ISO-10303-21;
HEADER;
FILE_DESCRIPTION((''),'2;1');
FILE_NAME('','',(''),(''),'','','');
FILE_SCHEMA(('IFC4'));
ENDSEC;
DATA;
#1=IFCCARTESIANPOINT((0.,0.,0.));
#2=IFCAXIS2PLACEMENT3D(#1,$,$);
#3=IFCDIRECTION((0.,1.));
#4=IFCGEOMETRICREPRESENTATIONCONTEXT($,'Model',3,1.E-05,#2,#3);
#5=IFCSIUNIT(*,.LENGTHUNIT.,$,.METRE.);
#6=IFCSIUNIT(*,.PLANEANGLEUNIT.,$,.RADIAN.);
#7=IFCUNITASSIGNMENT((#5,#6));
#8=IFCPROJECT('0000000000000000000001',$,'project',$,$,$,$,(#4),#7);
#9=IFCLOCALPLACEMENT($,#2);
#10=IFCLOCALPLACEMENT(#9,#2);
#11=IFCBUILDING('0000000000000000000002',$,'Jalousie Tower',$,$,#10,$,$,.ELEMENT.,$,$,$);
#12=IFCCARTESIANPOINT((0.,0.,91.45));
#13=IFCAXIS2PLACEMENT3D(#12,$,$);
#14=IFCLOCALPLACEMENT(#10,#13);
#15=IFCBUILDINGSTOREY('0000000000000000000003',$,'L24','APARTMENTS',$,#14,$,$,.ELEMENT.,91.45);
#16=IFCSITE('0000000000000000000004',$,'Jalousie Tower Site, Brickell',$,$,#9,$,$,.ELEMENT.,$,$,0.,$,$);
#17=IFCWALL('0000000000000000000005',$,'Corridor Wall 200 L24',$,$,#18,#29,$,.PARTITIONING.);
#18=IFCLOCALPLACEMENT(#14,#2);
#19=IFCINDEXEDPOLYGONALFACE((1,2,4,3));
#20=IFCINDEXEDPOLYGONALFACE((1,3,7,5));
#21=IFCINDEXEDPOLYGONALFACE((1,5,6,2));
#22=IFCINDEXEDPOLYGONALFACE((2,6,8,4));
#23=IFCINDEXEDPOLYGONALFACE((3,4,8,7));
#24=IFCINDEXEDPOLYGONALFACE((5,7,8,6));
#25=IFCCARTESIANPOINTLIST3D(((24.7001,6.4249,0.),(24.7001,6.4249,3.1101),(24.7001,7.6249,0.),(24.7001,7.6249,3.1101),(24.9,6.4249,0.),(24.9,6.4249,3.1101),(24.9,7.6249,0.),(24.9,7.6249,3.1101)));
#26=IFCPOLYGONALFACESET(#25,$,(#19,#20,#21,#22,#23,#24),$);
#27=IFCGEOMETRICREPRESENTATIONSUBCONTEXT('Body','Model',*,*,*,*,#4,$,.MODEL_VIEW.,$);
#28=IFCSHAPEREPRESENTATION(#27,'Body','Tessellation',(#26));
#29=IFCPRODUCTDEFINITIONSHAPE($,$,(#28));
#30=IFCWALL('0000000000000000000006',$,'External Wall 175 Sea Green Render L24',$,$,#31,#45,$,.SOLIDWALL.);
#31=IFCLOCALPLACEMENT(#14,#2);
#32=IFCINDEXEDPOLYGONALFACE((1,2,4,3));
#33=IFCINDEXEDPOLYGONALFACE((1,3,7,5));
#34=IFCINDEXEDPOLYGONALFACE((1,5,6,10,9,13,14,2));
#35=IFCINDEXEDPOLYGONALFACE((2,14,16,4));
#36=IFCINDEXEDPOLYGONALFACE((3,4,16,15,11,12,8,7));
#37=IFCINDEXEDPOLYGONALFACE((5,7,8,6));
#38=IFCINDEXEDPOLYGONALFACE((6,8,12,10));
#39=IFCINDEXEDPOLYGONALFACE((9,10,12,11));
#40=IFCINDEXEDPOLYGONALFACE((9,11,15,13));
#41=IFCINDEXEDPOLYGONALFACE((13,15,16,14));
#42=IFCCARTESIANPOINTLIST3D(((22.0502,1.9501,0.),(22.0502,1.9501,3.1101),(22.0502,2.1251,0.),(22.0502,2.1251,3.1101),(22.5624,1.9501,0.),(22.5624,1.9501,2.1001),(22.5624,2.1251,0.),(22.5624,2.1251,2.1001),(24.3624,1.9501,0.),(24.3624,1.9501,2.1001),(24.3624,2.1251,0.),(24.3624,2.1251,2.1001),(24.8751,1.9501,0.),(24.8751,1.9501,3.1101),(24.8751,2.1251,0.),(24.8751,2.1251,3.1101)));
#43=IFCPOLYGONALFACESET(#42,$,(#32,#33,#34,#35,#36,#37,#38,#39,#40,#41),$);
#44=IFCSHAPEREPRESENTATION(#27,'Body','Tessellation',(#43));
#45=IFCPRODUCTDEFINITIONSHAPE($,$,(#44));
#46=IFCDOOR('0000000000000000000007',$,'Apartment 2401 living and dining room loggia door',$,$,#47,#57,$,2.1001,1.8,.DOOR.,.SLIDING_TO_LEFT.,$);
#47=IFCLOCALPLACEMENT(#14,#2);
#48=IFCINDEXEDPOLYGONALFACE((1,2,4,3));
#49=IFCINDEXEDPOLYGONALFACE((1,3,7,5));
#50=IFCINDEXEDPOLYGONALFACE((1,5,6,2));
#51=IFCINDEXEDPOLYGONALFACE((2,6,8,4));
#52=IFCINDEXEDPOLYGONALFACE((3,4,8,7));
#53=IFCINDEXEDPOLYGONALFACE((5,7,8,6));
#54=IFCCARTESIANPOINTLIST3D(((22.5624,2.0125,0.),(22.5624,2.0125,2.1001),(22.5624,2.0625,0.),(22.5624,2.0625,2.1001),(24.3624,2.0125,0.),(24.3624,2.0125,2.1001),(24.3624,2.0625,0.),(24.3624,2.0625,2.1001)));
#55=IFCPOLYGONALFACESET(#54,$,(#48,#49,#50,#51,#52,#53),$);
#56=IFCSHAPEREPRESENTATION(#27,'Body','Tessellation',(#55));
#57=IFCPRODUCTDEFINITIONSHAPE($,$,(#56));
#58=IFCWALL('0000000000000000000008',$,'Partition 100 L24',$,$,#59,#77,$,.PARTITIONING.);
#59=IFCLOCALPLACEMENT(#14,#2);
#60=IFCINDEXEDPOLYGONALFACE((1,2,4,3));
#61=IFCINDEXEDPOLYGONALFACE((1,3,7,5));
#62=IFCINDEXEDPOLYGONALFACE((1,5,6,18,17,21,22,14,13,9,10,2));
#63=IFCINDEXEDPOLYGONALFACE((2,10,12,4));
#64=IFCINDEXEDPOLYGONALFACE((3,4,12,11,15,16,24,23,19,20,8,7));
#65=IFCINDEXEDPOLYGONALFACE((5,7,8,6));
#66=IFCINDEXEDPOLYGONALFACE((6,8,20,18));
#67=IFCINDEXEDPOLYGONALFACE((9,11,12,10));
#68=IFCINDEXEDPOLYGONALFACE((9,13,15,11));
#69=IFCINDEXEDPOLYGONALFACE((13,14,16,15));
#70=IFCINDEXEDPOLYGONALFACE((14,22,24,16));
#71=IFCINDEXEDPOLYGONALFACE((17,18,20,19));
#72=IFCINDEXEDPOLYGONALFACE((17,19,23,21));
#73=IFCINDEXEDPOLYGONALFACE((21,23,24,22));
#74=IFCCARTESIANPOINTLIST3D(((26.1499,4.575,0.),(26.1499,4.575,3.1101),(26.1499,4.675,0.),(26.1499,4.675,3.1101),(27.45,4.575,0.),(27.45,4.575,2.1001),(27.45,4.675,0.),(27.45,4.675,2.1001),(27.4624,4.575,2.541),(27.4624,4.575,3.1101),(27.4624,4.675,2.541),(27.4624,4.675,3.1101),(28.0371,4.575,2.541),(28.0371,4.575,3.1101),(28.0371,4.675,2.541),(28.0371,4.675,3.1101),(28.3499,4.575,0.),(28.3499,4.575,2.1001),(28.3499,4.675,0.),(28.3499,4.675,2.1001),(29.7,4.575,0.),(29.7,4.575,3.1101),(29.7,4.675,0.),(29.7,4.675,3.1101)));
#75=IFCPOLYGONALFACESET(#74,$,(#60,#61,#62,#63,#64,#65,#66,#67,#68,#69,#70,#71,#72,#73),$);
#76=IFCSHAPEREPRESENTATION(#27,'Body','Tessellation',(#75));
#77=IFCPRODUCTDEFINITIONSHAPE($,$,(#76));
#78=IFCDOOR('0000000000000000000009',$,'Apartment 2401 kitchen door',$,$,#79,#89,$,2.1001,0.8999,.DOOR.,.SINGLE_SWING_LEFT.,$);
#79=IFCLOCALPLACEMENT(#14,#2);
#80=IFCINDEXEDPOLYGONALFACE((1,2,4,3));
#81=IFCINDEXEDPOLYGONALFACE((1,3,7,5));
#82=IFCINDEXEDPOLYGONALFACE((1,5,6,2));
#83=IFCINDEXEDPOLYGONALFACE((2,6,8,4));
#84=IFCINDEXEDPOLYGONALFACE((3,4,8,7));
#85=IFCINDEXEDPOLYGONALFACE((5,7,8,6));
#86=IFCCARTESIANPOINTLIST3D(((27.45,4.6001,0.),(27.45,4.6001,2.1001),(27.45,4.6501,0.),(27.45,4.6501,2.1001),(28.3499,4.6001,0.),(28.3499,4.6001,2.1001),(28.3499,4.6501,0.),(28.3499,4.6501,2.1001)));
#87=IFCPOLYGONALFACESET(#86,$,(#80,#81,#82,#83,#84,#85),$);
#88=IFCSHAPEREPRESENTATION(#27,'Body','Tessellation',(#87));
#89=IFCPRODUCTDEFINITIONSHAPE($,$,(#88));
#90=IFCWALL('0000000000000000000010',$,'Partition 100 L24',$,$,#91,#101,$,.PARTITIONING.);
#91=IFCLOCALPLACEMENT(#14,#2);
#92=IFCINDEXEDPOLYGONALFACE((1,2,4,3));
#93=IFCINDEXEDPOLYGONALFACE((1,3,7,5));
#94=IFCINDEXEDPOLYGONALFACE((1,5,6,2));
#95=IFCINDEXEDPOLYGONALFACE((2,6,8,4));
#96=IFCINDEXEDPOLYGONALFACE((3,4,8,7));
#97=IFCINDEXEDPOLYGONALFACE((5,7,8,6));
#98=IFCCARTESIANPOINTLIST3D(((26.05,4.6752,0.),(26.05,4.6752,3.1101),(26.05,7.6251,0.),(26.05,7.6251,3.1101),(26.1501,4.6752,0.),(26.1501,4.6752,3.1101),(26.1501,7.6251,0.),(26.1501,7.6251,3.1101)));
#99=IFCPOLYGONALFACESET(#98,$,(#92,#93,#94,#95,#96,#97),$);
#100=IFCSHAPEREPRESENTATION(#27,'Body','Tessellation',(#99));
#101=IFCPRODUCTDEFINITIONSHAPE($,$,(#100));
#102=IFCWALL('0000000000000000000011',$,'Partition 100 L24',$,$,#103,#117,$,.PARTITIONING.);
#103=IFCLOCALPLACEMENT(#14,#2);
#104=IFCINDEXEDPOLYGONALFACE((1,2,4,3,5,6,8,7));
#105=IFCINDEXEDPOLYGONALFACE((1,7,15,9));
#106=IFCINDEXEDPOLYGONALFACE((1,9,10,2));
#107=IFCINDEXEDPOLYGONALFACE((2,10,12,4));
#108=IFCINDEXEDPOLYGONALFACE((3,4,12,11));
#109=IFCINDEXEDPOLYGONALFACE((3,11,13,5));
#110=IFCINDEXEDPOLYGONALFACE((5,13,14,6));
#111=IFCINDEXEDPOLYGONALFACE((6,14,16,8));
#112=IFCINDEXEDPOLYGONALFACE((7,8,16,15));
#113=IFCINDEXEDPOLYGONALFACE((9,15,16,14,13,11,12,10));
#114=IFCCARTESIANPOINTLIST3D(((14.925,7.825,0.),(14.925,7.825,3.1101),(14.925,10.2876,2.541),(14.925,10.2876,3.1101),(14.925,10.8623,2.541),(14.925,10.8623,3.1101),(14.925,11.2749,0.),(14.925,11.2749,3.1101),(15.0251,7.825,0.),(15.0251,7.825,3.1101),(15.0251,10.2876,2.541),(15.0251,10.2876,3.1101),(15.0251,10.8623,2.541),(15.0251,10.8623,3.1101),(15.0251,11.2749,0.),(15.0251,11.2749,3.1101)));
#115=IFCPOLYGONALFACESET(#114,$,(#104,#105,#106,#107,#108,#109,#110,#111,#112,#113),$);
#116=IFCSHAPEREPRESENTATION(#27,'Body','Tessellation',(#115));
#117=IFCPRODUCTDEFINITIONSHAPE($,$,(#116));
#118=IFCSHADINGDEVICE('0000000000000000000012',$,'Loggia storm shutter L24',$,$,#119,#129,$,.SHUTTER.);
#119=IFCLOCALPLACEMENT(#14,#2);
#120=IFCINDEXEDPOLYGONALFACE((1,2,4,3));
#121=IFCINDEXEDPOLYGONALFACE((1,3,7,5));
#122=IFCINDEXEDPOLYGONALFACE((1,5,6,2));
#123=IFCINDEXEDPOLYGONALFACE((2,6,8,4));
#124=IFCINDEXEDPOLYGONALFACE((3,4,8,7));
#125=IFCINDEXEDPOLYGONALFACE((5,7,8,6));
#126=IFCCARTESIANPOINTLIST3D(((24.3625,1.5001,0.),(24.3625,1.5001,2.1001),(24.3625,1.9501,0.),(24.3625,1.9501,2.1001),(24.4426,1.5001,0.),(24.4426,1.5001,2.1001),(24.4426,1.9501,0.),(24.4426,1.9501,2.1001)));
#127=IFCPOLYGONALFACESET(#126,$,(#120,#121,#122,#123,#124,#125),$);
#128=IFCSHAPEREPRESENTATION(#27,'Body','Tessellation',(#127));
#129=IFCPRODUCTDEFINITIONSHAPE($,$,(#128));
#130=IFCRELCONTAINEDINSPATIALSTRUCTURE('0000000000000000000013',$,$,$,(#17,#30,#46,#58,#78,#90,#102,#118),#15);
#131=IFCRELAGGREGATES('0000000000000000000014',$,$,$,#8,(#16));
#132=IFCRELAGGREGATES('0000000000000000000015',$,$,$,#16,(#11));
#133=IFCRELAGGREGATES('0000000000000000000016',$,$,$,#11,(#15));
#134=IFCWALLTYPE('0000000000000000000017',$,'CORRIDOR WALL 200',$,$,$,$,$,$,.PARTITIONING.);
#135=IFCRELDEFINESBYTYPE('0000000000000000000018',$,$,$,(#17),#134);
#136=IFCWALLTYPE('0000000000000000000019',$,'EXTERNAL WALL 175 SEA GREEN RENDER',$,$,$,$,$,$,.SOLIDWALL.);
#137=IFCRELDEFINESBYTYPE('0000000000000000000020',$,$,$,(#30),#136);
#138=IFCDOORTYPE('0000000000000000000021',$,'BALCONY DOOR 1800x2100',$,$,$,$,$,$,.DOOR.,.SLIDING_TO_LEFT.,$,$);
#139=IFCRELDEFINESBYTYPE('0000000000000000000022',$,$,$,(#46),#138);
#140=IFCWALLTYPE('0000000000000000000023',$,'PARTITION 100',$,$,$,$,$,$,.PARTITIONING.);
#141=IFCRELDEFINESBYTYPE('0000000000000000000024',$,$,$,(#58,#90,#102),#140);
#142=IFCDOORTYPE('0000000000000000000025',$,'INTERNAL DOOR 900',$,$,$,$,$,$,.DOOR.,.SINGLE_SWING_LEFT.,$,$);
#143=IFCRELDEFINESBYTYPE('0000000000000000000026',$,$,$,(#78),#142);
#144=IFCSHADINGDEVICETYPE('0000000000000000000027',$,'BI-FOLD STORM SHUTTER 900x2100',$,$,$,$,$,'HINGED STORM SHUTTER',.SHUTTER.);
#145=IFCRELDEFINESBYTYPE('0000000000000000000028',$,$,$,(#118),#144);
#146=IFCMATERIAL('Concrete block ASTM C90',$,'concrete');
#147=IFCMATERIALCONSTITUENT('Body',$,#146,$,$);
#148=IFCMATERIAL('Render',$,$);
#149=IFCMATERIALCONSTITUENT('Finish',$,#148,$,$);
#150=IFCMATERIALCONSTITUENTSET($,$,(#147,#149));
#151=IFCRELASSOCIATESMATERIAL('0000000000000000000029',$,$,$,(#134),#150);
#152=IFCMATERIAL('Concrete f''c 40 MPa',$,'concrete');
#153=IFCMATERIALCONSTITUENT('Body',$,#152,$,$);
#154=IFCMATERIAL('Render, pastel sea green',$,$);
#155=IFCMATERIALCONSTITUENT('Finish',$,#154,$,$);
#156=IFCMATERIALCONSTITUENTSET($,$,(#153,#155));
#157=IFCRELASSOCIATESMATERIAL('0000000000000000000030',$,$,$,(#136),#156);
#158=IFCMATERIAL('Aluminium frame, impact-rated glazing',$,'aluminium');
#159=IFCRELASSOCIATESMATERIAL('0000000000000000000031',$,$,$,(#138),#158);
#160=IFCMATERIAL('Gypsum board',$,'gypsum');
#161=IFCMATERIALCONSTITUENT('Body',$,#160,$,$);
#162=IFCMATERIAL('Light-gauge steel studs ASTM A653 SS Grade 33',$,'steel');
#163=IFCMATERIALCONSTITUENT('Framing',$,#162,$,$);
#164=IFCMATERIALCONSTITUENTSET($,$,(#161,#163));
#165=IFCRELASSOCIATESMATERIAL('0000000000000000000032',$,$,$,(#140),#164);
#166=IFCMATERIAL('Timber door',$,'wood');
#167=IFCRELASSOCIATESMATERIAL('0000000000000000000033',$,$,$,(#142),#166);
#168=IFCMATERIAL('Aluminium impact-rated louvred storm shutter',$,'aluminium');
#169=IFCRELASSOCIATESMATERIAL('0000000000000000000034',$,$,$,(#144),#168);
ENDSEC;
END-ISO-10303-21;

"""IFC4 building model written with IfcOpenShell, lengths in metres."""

from ifc_helpers import new_model, si_unit, direction, frame, frame_2d, origin, origin_2d, place, context, subcontext, project, spatial, polyline, rectangle, outline, extrude, material, constituent, constituent_set, type_object, element, fill, save


model = new_model("IFC4")

# Units and contexts
model_context = context("Model", 3, precision=1e-05, world=origin(), true_north=direction((0.0, 1.0)))
body_context = subcontext(model_context, "Body", "Model", "MODEL_VIEW")
ifc_project = project(units=[si_unit("LENGTHUNIT", "METRE"), si_unit("PLANEANGLEUNIT", "RADIAN")], contexts=[model_context])

# Site, building, storey
site_placement = place(None, origin())
site = spatial("IfcSite", under=ifc_project, at=site_placement, Name="Jalousie Tower Site, Brickell", CompositionType="ELEMENT", RefElevation=0.0)
building_placement = place(site_placement, origin())
building = spatial("IfcBuilding", under=site, at=building_placement, Name="Jalousie Tower", CompositionType="ELEMENT")
storey_placement = place(building_placement, frame((0.0, 0.0, 91.45)))
storey = spatial("IfcBuildingStorey", under=building, at=storey_placement, Name="L24", Description="APARTMENTS", CompositionType="ELEMENT", Elevation=91.45)

# Shared definitions
ifc_material_1 = material(Name="Concrete block ASTM C90", Category="concrete")
ifc_constituent_1 = constituent(ifc_material_1, Name="Body")
ifc_material_2 = material(Name="Render")
ifc_constituent_2 = constituent(ifc_material_2, Name="Finish")
ifc_constituent_set_1 = constituent_set(constituents=[ifc_constituent_1, ifc_constituent_2])
wall_type_1 = type_object("IfcWallType", Name="CORRIDOR WALL 200", PredefinedType="PARTITIONING", material=ifc_constituent_set_1)

# Wall
for number, where, z_axis, x_axis, name in (
    (1, (24.8, 7.625, 0.0), (0.0, 0.0, 1.0), (0.0, -1.0, 0.0), "Corridor Wall 200 L24"),
):
    element("IfcWall", number, at=place(storey_placement, frame(where, z_axis=z_axis, x_axis=x_axis)), inside=storey, type_object=wall_type_1, Name=name, PredefinedType="PARTITIONING", context=body_context, shape_type="SweptSolid", body=[
        extrude(rectangle(XDim=1.2, YDim=0.2, at=frame_2d((0.6001, 0.0))), origin(), (0.0, 0.0, 1.0), 3.1101),
    ])

# Walls, openings, doors
ifc_material_3 = material(Name="Concrete f'c 40 MPa", Category="concrete")
ifc_constituent_3 = constituent(ifc_material_3, Name="Body")
ifc_material_4 = material(Name="Render, pastel sea green")
ifc_constituent_4 = constituent(ifc_material_4, Name="Finish")
ifc_constituent_set_2 = constituent_set(constituents=[ifc_constituent_3, ifc_constituent_4])
wall_type_2 = type_object("IfcWallType", Name="EXTERNAL WALL 175 SEA GREEN RENDER", PredefinedType="SOLIDWALL", material=ifc_constituent_set_2)
wall_1_placement = place(storey_placement, frame((22.05, 2.0376, 0.0), z_axis=(0.0, 0.0, 1.0), x_axis=(1.0, 0.0, 0.0)))
wall_1 = element("IfcWall", 2, at=wall_1_placement, inside=storey, type_object=wall_type_2, Name="External Wall 175 Sea Green Render L24", PredefinedType="SOLIDWALL", context=body_context, shape_type="SweptSolid", body=[
    extrude(rectangle(XDim=2.825, YDim=0.175, at=frame_2d((1.4126, 0.0))), origin(), (0.0, 0.0, 1.0), 3.1101),
])
opening_1_placement = place(wall_1_placement, frame((0.5125, 0.0, 0.0)))
opening_1 = element("IfcOpeningElement", 3, at=opening_1_placement, cuts=wall_1, PredefinedType="OPENING", context=body_context, shape_type="SweptSolid", body=[
    extrude(rectangle(XDim=1.8, YDim=2.1001, at=frame_2d((0.8999, 1.05))), frame((0.0, 0.0974, 0.0), z_axis=(0.0, -1.0, 0.0), x_axis=(1.0, 0.0, 0.0)), (0.0, 0.0, 1.0), 0.1951),
])
ifc_material_5 = material(Name="Aluminium frame, impact-rated glazing", Category="aluminium")
door_type_1 = type_object("IfcDoorType", Name="BALCONY DOOR 1800x2100", OperationType="SLIDING_TO_LEFT", PredefinedType="DOOR", material=ifc_material_5)
door_1_placement = place(opening_1_placement, origin())
door_1 = element("IfcDoor", 4, at=door_1_placement, inside=storey, type_object=door_type_1, Name="Apartment 2401 living and dining room loggia door", OperationType="SLIDING_TO_LEFT", OverallHeight=2.1001, OverallWidth=1.8, PredefinedType="DOOR", context=body_context, shape_type="SweptSolid", body=[
    extrude(rectangle(XDim=1.8, YDim=2.1001, at=frame_2d((0.8999, 1.05))), frame((0.0, 0.0249, 0.0), z_axis=(0.0, -1.0, 0.0), x_axis=(1.0, 0.0, 0.0)), (0.0, 0.0, 1.0), 0.05),
])
fill(opening_1, door_1)
ifc_material_6 = material(Name="Gypsum board", Category="gypsum")
ifc_constituent_5 = constituent(ifc_material_6, Name="Body")
ifc_material_7 = material(Name="Light-gauge steel studs ASTM A653 SS Grade 33", Category="steel")
ifc_constituent_6 = constituent(ifc_material_7, Name="Framing")
ifc_constituent_set_3 = constituent_set(constituents=[ifc_constituent_5, ifc_constituent_6])
wall_type_3 = type_object("IfcWallType", Name="PARTITION 100", PredefinedType="PARTITIONING", material=ifc_constituent_set_3)
wall_2_placement = place(storey_placement, frame((26.1499, 4.625, 0.0), z_axis=(0.0, 0.0, 1.0), x_axis=(1.0, 0.0, 0.0)))
wall_2 = element("IfcWall", 5, at=wall_2_placement, inside=storey, type_object=wall_type_3, Name="Partition 100 L24", PredefinedType="PARTITIONING", context=body_context, shape_type="SweptSolid", body=[
    extrude(outline(polyline([(0.0, 0.0), (3.55, 0.0), (3.55, 3.1101), (1.8872, 3.1101), (1.8872, 2.541), (1.3125, 2.541), (1.3125, 3.1101), (0.0, 3.1101), (0.0, 0.0)])), frame((0.0, 0.05, 0.0), z_axis=(0.0, -1.0, 0.0), x_axis=(1.0, 0.0, 0.0)), (0.0, 0.0, 1.0), 0.1001),
])
opening_2_placement = place(wall_2_placement, frame((1.3, 0.0, 0.0)))
opening_2 = element("IfcOpeningElement", 6, at=opening_2_placement, cuts=wall_2, PredefinedType="OPENING", context=body_context, shape_type="SweptSolid", body=[
    extrude(rectangle(XDim=0.8999, YDim=2.1001, at=frame_2d((0.45, 1.05))), frame((0.0, 0.0601, 0.0), z_axis=(0.0, -1.0, 0.0), x_axis=(1.0, 0.0, 0.0)), (0.0, 0.0, 1.0), 0.1201),
])
ifc_material_8 = material(Name="Timber door", Category="wood")
door_type_2 = type_object("IfcDoorType", Name="INTERNAL DOOR 900", OperationType="SINGLE_SWING_LEFT", PredefinedType="DOOR", material=ifc_material_8)
door_2_placement = place(opening_2_placement, frame((0.8999, 0.0, 0.0), z_axis=(0.0, 0.0, 1.0), x_axis=(-1.0, 0.0, 0.0)))
door_2 = element("IfcDoor", 7, at=door_2_placement, inside=storey, type_object=door_type_2, Name="Apartment 2401 kitchen door", OperationType="SINGLE_SWING_LEFT", OverallHeight=2.1001, OverallWidth=0.8999, PredefinedType="DOOR", context=body_context, shape_type="SweptSolid", body=[
    extrude(rectangle(XDim=0.8999, YDim=2.1001, at=frame_2d((0.45, 1.05))), frame((0.0, 0.0249, 0.0), z_axis=(0.0, -1.0, 0.0), x_axis=(1.0, 0.0, 0.0)), (0.0, 0.0, 1.0), 0.05),
])
fill(opening_2, door_2)

# Walls
wall_3_placement = place(storey_placement, frame((26.1001, 4.675, 0.0), z_axis=(0.0, 0.0, 1.0), x_axis=(0.0, 1.0, 0.0)))
element("IfcWall", 8, at=wall_3_placement, inside=storey, type_object=wall_type_3, Name="Partition 100 L24", PredefinedType="PARTITIONING", context=body_context, shape_type="SweptSolid", body=[
    extrude(rectangle(XDim=2.95, YDim=0.1001, at=frame_2d((1.4751, 0.0))), origin(), (0.0, 0.0, 1.0), 3.1101),
])
wall_4_placement = place(storey_placement, frame((14.9751, 7.825, 0.0), z_axis=(0.0, 0.0, 1.0), x_axis=(0.0, 1.0, 0.0)))
element("IfcWall", 9, at=wall_4_placement, inside=storey, type_object=wall_type_3, Name="Partition 100 L24", PredefinedType="PARTITIONING", context=body_context, shape_type="SweptSolid", body=[
    extrude(outline(polyline([(0.0, 0.0), (3.45, 0.0), (3.45, 3.1101), (3.0374, 3.1101), (3.0374, 2.541), (2.4626, 2.541), (2.4626, 3.1101), (0.0, 3.1101), (0.0, 0.0)])), frame((0.0, 0.05, 0.0), z_axis=(0.0, -1.0, 0.0), x_axis=(1.0, 0.0, 0.0)), (0.0, 0.0, 1.0), 0.1001),
])

# Shading device
ifc_material_9 = material(Name="Aluminium impact-rated louvred storm shutter", Category="aluminium")
shading_device_type = type_object("IfcShadingDeviceType", Name="BI-FOLD STORM SHUTTER 900x2100", ElementType="HINGED STORM SHUTTER", PredefinedType="SHUTTER", material=ifc_material_9)
shading_device_placement = place(storey_placement, frame((24.4026, 1.7251, 0.0), z_axis=(0.0, 0.0, 1.0), x_axis=(0.0, 1.0, 0.0)))
element("IfcShadingDevice", 10, at=shading_device_placement, inside=storey, type_object=shading_device_type, Name="Loggia storm shutter L24", PredefinedType="SHUTTER", context=body_context, shape_type="SweptSolid", body=[
    extrude(rectangle(XDim=0.45, YDim=0.0801, at=origin_2d()), origin(), (0.0, 0.0, 1.0), 2.1001),
])

save(model, "model.ifc")
